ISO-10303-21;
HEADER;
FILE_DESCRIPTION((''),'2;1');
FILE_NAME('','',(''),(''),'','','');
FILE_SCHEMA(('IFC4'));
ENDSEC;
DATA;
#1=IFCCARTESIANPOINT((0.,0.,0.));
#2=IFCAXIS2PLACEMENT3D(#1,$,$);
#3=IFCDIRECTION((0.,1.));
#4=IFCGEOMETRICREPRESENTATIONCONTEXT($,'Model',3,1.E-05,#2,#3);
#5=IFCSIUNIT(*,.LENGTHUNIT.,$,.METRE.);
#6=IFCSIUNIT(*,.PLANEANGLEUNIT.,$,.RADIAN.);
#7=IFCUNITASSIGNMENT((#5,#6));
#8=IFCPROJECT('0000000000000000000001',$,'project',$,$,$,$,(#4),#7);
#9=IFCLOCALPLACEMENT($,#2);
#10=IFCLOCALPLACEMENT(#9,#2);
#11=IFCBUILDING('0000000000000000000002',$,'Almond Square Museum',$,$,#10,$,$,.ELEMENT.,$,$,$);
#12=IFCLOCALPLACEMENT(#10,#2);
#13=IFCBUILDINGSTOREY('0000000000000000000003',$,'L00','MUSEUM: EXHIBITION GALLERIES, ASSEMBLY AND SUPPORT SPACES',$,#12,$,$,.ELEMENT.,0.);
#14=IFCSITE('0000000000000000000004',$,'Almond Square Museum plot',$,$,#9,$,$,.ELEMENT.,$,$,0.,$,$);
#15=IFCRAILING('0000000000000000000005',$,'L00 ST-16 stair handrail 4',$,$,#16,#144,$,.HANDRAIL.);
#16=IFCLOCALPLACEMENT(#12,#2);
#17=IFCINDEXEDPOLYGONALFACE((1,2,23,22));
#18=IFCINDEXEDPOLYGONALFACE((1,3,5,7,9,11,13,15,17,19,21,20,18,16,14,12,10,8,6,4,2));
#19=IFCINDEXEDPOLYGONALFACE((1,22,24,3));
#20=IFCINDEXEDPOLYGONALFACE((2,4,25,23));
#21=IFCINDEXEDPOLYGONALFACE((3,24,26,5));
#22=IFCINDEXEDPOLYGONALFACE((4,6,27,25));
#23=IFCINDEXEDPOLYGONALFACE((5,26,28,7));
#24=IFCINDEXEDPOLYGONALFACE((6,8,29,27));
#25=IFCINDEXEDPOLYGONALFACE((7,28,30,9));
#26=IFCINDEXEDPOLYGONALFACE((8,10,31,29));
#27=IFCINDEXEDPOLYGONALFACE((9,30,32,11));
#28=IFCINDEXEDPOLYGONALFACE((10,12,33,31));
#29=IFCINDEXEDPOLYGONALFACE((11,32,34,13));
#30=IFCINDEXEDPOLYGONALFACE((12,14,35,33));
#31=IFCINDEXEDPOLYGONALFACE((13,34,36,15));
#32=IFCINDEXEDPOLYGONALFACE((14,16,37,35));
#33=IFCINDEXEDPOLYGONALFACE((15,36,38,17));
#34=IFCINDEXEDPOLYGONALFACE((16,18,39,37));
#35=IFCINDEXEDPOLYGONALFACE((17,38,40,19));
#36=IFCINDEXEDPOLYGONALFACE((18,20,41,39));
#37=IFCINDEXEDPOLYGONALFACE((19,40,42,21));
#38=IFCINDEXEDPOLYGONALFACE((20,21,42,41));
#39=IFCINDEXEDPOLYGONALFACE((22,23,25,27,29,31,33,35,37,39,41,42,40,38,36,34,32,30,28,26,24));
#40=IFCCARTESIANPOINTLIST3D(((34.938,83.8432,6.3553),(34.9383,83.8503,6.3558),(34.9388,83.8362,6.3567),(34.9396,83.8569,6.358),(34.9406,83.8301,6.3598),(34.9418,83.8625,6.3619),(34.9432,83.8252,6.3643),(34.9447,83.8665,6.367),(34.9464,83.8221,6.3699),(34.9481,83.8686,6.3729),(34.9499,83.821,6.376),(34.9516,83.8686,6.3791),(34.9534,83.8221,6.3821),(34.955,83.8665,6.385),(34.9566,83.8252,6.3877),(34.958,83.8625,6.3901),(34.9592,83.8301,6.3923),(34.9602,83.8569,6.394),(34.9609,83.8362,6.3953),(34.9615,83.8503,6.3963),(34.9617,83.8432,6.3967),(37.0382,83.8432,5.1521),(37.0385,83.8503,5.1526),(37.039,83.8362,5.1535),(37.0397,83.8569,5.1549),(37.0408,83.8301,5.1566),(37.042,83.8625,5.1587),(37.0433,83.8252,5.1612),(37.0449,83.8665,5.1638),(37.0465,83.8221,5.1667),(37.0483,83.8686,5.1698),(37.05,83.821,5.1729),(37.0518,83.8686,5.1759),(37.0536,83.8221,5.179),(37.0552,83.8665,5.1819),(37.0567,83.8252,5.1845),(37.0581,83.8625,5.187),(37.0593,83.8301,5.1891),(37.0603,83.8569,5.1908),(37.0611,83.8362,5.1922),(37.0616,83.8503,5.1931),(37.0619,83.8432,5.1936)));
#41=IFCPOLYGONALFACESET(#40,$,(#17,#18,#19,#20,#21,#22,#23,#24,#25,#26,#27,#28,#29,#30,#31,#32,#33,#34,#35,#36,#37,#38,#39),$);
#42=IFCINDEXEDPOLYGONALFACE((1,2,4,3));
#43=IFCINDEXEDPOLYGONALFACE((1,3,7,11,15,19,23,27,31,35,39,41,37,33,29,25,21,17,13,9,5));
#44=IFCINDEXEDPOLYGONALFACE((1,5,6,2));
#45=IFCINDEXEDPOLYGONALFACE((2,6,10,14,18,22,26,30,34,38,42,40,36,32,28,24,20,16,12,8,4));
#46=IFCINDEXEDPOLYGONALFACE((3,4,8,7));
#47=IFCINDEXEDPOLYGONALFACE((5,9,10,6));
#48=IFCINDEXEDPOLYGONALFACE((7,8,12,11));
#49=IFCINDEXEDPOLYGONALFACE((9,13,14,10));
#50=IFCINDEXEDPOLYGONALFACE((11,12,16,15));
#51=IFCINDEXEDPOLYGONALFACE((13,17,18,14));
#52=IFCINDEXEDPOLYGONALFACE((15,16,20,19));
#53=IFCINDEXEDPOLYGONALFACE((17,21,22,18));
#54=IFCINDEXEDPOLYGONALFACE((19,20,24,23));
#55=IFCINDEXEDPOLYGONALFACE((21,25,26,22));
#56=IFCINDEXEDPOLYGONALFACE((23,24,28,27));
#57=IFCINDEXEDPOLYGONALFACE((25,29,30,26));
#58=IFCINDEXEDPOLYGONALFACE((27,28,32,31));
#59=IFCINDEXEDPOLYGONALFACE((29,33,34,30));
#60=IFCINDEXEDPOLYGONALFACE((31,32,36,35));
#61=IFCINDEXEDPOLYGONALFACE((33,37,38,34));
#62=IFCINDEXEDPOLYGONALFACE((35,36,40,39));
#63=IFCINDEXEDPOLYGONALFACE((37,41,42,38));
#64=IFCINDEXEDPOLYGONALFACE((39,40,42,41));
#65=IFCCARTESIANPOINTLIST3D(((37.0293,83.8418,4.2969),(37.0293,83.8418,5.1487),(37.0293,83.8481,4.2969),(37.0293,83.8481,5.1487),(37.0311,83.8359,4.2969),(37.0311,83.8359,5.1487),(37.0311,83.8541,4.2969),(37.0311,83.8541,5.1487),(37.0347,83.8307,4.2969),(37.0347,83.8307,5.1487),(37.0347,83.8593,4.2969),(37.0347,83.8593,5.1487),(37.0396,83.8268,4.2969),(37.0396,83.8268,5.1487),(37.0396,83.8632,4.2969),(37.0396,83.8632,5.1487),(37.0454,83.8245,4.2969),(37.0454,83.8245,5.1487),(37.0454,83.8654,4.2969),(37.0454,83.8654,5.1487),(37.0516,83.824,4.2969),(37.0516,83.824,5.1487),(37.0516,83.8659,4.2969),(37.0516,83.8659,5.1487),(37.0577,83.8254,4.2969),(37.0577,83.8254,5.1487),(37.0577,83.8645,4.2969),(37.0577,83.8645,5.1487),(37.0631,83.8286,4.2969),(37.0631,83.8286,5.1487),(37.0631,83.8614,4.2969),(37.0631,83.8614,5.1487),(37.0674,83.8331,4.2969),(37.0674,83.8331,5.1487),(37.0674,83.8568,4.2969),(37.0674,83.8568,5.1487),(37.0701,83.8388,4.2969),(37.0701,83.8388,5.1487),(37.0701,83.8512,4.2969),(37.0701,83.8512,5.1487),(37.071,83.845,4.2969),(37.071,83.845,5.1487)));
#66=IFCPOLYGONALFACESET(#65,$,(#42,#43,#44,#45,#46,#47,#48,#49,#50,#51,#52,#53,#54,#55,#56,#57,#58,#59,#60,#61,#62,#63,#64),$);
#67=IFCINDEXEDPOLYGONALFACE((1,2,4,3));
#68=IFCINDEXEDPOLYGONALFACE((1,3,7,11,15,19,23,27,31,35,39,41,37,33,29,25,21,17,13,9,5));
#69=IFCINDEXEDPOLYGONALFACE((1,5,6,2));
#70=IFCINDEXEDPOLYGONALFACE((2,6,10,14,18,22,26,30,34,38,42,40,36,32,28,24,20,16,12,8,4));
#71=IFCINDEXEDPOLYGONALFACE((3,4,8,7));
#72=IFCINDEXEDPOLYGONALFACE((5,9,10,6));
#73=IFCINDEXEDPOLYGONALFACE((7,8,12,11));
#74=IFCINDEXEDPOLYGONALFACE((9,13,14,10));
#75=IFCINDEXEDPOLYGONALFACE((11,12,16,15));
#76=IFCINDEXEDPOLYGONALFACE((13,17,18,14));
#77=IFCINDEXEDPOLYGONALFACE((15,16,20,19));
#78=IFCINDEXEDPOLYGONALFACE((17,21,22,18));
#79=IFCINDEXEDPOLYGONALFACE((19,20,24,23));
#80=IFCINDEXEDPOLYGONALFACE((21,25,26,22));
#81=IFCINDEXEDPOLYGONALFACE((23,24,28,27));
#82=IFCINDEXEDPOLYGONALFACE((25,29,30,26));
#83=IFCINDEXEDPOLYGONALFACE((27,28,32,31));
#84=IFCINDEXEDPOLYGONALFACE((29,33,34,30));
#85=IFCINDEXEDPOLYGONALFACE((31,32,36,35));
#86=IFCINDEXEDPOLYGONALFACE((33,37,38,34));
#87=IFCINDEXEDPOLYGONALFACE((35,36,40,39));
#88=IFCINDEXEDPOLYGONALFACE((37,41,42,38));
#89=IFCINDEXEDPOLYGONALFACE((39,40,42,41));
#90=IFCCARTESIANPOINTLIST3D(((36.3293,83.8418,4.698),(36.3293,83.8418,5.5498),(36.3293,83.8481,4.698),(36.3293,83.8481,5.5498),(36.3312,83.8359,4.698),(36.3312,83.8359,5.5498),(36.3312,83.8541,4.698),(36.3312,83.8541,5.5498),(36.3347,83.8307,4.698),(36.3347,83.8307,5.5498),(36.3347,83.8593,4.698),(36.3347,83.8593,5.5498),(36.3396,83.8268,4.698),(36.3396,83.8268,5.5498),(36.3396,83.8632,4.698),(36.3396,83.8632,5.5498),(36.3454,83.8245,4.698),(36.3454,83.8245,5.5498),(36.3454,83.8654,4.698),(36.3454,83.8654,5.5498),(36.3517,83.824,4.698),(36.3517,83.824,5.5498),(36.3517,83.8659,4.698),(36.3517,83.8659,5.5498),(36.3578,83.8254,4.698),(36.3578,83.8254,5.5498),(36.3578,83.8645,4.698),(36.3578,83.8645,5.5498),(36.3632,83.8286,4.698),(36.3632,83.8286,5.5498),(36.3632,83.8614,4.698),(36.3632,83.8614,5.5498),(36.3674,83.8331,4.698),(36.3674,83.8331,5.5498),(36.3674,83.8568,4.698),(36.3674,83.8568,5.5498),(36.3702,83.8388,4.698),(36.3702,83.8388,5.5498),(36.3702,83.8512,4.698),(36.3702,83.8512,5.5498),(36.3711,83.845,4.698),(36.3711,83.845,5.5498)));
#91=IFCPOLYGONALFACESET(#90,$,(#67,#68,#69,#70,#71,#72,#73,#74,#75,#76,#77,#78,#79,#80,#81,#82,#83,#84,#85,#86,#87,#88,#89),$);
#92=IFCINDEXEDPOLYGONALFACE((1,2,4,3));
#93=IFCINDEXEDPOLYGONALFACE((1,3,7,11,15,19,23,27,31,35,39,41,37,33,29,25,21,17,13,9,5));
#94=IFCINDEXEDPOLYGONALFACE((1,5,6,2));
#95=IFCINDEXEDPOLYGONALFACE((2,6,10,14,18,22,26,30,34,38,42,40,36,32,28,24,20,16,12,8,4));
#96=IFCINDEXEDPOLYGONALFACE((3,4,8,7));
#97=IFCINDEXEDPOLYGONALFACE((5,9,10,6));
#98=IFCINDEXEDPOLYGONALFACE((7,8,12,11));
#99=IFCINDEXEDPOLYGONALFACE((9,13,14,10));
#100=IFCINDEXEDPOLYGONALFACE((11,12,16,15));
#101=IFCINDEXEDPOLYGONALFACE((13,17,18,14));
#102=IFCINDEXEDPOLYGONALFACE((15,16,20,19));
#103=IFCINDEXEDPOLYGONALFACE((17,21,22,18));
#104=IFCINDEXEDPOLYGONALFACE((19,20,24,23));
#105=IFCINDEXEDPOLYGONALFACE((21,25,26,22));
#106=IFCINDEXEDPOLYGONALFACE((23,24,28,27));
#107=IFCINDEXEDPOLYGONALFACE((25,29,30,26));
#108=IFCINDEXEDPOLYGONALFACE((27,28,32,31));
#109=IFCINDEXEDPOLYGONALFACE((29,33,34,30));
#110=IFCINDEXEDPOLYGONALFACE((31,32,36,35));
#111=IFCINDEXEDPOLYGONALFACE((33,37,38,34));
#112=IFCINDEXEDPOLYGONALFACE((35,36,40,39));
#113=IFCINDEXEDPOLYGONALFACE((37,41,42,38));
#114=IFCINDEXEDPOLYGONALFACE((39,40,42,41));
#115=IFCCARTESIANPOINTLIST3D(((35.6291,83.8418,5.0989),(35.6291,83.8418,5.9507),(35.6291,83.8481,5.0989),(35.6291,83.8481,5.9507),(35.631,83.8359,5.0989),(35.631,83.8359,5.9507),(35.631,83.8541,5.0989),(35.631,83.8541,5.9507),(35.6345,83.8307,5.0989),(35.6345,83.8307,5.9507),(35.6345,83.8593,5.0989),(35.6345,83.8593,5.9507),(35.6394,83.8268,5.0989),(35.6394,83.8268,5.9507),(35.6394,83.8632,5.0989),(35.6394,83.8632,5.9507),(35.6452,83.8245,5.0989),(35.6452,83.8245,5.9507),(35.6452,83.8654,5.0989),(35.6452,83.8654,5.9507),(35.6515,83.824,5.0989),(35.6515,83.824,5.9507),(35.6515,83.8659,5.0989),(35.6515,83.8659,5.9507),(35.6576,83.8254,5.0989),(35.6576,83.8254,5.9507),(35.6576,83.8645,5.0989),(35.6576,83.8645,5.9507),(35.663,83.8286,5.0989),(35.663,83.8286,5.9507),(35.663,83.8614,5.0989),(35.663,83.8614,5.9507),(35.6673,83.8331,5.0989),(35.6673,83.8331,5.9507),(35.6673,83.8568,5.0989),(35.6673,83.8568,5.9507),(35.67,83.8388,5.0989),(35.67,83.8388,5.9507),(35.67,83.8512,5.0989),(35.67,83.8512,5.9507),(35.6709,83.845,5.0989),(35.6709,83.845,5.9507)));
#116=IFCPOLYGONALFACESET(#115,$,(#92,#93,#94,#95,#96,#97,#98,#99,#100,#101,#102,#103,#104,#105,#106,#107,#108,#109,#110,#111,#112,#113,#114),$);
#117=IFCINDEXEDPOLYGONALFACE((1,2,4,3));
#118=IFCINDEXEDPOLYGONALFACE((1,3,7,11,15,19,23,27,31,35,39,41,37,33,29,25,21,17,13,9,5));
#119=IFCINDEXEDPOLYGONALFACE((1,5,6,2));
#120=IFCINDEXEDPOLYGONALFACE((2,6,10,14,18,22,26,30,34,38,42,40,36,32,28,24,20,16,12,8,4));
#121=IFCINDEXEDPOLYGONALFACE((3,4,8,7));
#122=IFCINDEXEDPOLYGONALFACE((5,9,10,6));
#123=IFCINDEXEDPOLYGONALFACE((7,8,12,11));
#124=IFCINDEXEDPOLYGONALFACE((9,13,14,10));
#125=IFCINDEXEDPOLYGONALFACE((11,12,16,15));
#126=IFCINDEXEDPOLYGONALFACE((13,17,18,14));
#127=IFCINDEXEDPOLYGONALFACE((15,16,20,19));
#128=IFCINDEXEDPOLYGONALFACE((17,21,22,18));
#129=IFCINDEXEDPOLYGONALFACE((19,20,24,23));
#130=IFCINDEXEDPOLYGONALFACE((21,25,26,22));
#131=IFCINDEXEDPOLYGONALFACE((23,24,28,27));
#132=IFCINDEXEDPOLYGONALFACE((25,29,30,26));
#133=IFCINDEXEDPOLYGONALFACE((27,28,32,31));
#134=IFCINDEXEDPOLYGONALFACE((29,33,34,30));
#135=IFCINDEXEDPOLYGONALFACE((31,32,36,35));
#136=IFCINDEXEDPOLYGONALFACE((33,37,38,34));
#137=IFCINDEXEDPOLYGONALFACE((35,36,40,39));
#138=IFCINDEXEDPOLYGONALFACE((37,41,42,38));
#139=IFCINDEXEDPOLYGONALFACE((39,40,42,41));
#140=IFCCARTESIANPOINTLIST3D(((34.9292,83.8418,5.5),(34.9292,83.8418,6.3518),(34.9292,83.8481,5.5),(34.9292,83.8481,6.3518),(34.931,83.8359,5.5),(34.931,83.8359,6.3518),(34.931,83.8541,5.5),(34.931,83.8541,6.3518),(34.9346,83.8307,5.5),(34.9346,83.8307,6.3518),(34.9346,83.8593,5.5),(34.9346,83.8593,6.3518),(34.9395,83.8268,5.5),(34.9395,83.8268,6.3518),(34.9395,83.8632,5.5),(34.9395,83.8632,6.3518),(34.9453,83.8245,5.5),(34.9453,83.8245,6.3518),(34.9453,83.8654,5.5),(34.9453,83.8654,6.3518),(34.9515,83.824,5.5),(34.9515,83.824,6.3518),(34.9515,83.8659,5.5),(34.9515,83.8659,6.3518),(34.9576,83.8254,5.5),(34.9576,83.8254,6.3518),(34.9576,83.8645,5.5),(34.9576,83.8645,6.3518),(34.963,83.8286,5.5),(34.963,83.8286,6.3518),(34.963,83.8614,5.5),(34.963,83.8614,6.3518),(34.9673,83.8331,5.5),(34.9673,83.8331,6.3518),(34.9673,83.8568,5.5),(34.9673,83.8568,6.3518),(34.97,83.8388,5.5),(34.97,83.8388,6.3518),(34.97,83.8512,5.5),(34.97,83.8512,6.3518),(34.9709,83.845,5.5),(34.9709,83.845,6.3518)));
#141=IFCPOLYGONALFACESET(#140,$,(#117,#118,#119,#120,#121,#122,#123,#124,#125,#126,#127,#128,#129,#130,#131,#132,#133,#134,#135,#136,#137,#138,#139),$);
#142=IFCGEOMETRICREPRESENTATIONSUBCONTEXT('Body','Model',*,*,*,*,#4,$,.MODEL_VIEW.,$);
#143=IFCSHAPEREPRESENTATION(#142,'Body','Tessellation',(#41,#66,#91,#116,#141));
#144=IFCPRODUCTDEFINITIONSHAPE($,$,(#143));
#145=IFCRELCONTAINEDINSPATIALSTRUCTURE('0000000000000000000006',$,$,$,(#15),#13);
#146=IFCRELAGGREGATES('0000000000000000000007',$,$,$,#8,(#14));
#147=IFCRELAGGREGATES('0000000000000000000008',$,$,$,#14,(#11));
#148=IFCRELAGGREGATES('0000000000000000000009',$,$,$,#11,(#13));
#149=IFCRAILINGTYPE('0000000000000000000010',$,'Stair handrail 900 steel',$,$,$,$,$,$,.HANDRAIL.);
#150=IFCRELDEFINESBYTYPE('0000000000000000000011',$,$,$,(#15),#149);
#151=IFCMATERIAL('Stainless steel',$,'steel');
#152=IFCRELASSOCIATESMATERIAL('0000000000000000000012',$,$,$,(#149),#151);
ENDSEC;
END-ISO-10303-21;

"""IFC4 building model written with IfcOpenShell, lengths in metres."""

from ifc_helpers import new_model, si_unit, direction, frame, origin, origin_2d, place, context, subcontext, project, spatial, circle, extrude, material, type_object, element, save


model = new_model("IFC4")

# Units and contexts
model_context = context("Model", 3, precision=1e-05, world=origin(), true_north=direction((0.0, 1.0)))
body_context = subcontext(model_context, "Body", "Model", "MODEL_VIEW")
ifc_project = project(units=[si_unit("LENGTHUNIT", "METRE"), si_unit("PLANEANGLEUNIT", "RADIAN")], contexts=[model_context])

# Site, building, storey
site_placement = place(None, origin())
site = spatial("IfcSite", under=ifc_project, at=site_placement, Name="Almond Square Museum plot", CompositionType="ELEMENT", RefElevation=0.0)
building_placement = place(site_placement, origin())
building = spatial("IfcBuilding", under=site, at=building_placement, Name="Almond Square Museum", CompositionType="ELEMENT")
storey_placement = place(building_placement, origin())
storey = spatial("IfcBuildingStorey", under=building, at=storey_placement, Name="L00", Description="MUSEUM: EXHIBITION GALLERIES, ASSEMBLY AND SUPPORT SPACES", CompositionType="ELEMENT", Elevation=0.0)

# Railing
ifc_material_1 = material(Name="Stainless steel", Category="steel")
railing_type_1 = type_object("IfcRailingType", Name="Stair handrail 900 steel", PredefinedType="HANDRAIL", material=ifc_material_1)
railing_1_placement = place(storey_placement, frame((37.05, 83.845, 4.2969)))
element("IfcRailing", 1, at=railing_1_placement, inside=storey, type_object=railing_type_1, Name="L00 ST-16 stair handrail 4", PredefinedType="HANDRAIL", context=body_context, shape_type="SweptSolid", body=[
    extrude(circle(Radius=0.0239, at=origin_2d()), frame((0.0, 0.0, 0.876), z_axis=(-0.867696, 0.0, 0.497095), x_axis=(0.0, -1.0, 0.0)), (0.0, 0.0, 1.0), 2.4204),
    extrude(circle(Radius=0.021, at=origin_2d()), origin(), (0.0, 0.0, 1.0), 0.8518),
    extrude(circle(Radius=0.021, at=origin_2d()), frame((-0.7, 0.0, 0.4011)), (0.0, 0.0, 1.0), 0.8518),
    extrude(circle(Radius=0.021, at=origin_2d()), frame((-1.4001, 0.0, 0.802)), (0.0, 0.0, 1.0), 0.8518),
    extrude(circle(Radius=0.021, at=origin_2d()), frame((-2.1001, 0.0, 1.2031)), (0.0, 0.0, 1.0), 0.8518),
])

save(model, "model.ifc")
